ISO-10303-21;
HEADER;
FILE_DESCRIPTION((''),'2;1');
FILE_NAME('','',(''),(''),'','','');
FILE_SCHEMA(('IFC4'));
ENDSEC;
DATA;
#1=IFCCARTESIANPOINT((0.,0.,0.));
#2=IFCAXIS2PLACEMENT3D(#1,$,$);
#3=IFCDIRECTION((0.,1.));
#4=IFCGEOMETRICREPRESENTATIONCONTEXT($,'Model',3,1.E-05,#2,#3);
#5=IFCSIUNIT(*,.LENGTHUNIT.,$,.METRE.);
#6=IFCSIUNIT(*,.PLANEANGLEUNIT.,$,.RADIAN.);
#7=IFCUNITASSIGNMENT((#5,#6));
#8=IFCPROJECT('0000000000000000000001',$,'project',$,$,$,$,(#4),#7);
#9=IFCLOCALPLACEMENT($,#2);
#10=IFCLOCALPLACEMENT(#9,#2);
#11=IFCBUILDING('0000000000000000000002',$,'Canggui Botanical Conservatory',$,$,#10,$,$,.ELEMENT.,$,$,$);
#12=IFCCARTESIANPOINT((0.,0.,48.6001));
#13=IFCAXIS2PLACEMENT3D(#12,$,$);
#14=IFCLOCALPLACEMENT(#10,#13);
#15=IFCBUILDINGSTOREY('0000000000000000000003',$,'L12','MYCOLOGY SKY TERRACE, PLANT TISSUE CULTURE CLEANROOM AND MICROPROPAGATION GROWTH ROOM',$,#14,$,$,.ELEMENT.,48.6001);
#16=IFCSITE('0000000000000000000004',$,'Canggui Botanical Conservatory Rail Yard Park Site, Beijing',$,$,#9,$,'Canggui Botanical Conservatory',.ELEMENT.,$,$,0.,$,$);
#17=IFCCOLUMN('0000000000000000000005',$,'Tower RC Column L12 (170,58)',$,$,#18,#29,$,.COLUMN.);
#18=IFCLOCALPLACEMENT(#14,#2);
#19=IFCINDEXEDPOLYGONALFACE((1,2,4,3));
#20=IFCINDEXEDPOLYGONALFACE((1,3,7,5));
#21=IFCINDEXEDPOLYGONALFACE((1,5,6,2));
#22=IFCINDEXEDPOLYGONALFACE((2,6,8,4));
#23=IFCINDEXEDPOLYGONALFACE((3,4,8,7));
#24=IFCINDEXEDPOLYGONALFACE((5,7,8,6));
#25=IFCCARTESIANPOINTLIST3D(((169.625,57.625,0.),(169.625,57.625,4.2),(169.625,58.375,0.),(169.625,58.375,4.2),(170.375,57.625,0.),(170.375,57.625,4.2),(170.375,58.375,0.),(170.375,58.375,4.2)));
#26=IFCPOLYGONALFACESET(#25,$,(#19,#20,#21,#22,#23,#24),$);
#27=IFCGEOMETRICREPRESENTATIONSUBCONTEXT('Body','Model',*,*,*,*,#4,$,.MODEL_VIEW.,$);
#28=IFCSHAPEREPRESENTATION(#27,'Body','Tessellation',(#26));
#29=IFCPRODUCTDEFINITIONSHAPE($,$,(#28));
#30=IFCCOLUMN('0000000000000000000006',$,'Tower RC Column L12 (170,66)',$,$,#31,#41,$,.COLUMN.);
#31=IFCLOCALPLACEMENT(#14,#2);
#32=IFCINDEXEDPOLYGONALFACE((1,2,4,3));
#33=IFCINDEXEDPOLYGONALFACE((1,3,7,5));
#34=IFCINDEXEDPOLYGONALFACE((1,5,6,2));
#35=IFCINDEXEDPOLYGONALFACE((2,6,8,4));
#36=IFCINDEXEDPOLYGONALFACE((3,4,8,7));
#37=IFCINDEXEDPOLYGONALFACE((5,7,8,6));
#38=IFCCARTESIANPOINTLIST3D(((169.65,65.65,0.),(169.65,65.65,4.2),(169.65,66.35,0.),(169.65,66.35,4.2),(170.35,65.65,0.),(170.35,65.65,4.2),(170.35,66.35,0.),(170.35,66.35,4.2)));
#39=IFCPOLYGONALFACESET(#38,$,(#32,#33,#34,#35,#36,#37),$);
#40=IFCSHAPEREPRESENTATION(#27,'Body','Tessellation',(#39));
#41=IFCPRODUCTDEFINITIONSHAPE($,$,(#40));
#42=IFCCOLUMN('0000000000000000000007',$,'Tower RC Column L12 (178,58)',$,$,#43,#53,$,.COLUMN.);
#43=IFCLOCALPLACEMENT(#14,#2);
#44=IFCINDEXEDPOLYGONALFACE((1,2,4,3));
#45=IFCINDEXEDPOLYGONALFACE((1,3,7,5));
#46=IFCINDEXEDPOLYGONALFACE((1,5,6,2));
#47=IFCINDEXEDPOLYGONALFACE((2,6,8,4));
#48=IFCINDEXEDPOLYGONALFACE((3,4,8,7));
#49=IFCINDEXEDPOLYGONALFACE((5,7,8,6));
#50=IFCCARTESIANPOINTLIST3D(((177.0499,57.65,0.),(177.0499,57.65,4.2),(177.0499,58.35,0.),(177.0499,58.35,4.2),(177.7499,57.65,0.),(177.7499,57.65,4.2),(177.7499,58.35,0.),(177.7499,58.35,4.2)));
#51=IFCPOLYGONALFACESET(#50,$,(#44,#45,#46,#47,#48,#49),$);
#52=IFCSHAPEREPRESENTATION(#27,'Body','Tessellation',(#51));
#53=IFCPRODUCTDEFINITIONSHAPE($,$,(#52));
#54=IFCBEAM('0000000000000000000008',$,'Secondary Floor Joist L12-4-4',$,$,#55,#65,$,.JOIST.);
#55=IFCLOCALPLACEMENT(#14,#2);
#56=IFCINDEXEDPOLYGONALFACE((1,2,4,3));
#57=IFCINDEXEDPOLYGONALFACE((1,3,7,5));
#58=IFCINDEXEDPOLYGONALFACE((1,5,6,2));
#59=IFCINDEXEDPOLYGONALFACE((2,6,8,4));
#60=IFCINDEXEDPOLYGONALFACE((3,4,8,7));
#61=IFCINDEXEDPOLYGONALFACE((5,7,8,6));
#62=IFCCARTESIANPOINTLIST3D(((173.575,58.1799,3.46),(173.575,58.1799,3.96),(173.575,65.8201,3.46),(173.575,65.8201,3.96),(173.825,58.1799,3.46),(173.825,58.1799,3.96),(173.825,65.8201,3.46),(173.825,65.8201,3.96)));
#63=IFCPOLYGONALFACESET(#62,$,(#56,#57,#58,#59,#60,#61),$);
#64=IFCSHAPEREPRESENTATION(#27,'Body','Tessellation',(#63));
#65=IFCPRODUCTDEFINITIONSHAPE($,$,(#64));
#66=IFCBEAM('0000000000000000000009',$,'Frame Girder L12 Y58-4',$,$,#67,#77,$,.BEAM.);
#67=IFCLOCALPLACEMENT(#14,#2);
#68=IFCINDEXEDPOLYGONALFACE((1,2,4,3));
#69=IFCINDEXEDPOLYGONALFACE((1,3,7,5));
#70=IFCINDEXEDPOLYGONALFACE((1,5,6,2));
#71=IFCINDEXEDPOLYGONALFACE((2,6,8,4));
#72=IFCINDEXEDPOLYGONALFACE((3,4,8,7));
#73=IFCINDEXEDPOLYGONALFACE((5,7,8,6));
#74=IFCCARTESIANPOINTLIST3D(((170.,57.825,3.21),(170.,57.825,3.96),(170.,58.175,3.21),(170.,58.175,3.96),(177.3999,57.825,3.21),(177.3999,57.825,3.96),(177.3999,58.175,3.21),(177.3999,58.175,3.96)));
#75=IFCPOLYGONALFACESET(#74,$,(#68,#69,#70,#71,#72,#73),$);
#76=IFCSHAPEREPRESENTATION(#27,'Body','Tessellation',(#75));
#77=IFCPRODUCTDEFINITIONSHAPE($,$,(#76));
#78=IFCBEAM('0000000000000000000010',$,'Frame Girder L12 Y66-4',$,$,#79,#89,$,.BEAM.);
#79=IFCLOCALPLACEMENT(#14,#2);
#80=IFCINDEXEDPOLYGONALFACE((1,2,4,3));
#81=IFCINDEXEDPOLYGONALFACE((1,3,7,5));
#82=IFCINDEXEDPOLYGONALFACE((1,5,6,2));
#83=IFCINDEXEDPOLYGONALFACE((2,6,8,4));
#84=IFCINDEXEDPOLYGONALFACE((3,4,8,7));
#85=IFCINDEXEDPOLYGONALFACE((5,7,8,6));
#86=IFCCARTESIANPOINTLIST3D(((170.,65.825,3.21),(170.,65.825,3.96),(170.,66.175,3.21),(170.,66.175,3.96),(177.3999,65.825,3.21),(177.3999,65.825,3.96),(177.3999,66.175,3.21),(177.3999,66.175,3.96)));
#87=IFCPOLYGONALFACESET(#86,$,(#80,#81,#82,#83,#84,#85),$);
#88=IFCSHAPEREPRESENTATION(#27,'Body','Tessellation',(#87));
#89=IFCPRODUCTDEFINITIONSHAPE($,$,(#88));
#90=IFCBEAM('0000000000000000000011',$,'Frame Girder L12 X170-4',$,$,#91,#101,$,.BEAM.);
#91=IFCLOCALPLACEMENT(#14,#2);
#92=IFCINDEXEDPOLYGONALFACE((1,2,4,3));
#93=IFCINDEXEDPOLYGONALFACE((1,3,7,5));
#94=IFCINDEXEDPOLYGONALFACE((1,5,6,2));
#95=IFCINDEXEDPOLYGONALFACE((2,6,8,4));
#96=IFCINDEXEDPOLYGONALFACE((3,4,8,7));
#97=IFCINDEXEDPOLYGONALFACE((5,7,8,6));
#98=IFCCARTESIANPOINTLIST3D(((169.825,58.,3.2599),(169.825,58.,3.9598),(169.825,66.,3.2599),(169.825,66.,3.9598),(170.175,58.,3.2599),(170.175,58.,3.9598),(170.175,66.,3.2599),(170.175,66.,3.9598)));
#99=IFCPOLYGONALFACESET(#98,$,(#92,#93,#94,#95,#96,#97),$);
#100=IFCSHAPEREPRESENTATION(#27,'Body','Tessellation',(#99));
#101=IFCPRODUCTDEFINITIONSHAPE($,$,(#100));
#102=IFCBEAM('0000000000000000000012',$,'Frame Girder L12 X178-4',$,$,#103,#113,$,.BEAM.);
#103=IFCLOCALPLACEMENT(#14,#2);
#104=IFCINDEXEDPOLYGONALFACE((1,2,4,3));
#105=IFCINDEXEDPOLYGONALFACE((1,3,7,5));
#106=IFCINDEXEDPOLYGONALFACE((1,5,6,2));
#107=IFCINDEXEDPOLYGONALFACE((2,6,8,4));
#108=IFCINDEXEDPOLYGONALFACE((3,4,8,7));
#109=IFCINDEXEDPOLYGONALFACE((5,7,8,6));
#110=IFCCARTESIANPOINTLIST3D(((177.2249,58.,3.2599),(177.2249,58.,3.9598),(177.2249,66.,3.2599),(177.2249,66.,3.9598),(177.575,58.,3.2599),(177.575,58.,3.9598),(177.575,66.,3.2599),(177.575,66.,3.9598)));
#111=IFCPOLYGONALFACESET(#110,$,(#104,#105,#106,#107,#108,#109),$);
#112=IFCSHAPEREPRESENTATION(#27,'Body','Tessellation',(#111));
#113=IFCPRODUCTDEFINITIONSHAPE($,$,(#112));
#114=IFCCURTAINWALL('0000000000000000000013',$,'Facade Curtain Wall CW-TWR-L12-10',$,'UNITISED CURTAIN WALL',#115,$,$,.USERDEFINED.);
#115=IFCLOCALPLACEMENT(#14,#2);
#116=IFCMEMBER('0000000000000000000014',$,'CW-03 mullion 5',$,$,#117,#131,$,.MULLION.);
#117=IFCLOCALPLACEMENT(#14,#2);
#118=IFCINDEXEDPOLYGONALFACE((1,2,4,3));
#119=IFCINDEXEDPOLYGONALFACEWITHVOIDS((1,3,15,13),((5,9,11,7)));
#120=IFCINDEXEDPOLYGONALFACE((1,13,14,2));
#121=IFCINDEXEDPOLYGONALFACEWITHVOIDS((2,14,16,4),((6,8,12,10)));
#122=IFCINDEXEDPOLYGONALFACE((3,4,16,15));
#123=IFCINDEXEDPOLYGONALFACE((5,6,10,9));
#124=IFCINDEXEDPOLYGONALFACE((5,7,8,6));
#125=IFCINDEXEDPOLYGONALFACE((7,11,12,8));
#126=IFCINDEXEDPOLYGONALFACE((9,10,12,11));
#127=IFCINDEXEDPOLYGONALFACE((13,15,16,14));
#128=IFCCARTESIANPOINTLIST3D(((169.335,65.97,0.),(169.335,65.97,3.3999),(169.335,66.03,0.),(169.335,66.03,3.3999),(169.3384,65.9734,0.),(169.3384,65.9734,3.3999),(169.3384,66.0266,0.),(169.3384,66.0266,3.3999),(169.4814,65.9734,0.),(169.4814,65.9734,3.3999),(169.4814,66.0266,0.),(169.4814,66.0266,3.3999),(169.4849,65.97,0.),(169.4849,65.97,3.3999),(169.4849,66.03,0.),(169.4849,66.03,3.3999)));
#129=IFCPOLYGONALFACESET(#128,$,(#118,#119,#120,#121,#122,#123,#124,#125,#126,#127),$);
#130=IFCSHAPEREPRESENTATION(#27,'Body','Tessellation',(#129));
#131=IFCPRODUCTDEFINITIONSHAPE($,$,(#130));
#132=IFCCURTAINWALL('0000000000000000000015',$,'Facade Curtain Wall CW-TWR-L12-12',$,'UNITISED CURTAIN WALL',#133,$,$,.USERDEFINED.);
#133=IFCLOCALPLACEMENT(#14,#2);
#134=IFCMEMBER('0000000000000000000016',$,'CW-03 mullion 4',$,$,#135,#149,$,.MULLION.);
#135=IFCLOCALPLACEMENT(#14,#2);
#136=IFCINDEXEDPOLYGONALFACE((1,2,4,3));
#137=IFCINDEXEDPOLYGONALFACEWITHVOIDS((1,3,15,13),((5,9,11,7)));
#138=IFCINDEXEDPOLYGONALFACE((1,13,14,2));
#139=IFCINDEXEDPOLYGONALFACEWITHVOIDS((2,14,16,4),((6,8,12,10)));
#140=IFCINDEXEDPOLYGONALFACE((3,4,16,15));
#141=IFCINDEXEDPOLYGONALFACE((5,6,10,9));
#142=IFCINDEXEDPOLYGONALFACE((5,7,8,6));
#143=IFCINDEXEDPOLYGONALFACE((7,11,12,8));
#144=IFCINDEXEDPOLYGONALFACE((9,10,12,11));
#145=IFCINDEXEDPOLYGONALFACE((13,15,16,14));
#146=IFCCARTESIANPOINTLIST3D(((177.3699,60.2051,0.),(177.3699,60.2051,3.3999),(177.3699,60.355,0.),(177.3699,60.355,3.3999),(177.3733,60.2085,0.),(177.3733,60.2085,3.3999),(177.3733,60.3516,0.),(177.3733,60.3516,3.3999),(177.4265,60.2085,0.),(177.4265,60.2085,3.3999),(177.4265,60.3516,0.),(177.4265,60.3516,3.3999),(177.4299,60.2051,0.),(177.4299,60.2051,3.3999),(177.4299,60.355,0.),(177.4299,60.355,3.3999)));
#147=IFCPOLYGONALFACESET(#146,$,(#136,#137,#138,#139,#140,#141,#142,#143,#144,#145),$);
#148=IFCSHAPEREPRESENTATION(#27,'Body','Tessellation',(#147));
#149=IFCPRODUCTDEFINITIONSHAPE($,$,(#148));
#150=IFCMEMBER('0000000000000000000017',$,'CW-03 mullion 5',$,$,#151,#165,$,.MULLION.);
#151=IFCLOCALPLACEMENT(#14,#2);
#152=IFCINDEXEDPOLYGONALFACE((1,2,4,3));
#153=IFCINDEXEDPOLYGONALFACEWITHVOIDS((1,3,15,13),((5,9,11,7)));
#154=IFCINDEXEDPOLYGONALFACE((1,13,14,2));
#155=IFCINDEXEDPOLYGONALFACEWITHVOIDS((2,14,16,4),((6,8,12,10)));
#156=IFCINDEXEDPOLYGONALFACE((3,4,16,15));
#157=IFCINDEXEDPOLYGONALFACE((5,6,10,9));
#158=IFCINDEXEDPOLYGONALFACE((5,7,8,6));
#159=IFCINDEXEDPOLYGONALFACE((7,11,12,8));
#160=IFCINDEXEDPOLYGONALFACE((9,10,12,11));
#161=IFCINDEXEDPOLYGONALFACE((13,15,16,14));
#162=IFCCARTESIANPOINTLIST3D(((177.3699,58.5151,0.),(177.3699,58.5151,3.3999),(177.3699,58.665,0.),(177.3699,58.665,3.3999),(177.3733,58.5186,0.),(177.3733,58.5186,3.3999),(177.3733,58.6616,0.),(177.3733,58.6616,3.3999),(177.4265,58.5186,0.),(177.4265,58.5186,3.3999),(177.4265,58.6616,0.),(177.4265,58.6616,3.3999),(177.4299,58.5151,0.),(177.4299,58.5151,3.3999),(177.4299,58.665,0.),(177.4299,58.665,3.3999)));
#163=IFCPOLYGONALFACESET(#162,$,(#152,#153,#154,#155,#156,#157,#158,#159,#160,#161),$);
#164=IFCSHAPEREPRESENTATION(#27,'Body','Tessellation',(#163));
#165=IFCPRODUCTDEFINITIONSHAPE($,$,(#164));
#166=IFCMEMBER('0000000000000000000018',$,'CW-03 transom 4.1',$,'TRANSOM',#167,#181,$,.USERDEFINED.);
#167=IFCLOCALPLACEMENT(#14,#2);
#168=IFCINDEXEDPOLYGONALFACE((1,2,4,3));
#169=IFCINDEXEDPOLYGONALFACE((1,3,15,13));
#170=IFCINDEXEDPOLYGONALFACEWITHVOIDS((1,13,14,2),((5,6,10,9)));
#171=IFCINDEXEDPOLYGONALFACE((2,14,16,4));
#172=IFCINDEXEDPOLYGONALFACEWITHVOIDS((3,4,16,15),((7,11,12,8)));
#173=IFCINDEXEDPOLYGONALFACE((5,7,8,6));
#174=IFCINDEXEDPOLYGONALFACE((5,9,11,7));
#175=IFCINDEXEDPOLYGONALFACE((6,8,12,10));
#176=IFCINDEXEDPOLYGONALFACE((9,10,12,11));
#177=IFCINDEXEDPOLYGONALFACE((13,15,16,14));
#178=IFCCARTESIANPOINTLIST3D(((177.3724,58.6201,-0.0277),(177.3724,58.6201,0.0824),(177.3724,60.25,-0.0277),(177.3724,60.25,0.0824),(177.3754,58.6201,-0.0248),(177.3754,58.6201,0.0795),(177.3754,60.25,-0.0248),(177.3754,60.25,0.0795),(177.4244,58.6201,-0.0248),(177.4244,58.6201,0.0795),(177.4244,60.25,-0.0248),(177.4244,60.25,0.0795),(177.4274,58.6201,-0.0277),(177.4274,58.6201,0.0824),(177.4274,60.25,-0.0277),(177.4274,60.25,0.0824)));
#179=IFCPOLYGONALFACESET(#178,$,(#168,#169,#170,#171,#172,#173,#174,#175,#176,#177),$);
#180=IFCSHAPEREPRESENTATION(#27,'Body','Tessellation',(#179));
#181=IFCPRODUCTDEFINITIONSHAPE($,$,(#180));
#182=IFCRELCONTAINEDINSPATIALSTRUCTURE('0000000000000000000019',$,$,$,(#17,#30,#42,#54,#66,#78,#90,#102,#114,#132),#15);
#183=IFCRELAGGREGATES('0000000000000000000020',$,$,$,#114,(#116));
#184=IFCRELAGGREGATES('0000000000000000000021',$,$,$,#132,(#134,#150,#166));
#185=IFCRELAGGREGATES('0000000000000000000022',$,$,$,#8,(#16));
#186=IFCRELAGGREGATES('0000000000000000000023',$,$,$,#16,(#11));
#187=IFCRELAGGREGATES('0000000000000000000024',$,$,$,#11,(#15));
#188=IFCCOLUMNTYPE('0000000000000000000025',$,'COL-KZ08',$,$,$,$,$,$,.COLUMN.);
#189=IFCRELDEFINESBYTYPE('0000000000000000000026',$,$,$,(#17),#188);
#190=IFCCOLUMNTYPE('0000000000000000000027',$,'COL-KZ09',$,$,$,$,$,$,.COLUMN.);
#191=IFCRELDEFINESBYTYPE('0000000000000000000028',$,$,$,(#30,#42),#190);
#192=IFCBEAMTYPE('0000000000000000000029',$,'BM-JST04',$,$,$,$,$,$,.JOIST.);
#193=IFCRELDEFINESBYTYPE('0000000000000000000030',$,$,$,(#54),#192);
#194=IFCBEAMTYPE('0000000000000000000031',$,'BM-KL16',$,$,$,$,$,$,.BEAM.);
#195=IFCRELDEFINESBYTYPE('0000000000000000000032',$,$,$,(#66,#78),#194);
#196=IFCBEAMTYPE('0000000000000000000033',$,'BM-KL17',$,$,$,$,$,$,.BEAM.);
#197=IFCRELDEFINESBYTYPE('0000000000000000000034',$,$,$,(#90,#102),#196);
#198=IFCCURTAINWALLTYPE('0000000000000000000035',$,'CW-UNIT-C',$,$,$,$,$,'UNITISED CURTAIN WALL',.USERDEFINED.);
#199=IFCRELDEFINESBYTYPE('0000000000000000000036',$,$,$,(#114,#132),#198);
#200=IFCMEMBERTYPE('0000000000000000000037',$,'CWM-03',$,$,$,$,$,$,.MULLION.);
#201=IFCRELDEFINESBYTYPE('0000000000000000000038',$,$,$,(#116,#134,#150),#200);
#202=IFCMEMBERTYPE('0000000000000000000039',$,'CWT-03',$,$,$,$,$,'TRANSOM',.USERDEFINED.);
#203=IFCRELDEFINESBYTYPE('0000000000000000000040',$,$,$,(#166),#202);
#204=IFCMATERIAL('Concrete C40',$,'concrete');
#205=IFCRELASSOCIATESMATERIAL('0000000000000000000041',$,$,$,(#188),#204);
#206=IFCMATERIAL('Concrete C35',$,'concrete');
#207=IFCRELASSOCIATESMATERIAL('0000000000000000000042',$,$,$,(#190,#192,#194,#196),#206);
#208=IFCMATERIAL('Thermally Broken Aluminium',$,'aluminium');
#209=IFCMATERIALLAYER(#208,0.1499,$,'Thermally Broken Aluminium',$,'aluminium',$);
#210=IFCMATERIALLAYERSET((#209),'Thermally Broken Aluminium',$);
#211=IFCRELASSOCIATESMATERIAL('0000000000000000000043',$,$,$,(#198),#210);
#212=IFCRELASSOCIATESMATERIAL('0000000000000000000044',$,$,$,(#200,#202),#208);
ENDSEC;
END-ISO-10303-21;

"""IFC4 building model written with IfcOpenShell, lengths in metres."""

from ifc_helpers import new_model, si_unit, direction, frame, origin, origin_2d, place, context, subcontext, project, spatial, rectangle, hollow_rectangle, extrude, material, layer, layer_set, material_profile, profile_set, type_object, element, aggregate, save


model = new_model("IFC4")

# Units and contexts
model_context = context("Model", 3, precision=1e-05, world=origin(), true_north=direction((0.0, 1.0)))
body_context = subcontext(model_context, "Body", "Model", "MODEL_VIEW")
ifc_project = project(units=[si_unit("LENGTHUNIT", "METRE"), si_unit("PLANEANGLEUNIT", "RADIAN")], contexts=[model_context])

# Site, building, storey
site_placement = place(None, origin())
site = spatial("IfcSite", under=ifc_project, at=site_placement, Name="Canggui Botanical Conservatory Rail Yard Park Site, Beijing", LongName="Canggui Botanical Conservatory", CompositionType="ELEMENT", RefElevation=0.0)
building_placement = place(site_placement, origin())
building = spatial("IfcBuilding", under=site, at=building_placement, Name="Canggui Botanical Conservatory", CompositionType="ELEMENT")
storey_placement = place(building_placement, frame((0.0, 0.0, 48.6001)))
storey = spatial("IfcBuildingStorey", under=building, at=storey_placement, Name="L12", Description="MYCOLOGY SKY TERRACE, PLANT TISSUE CULTURE CLEANROOM AND MICROPROPAGATION GROWTH ROOM", CompositionType="ELEMENT", Elevation=48.6001)

# Columns
ifc_material_1 = material(Name="Concrete C40", Category="concrete")
ifc_material_profile_1 = material_profile(ifc_material_1, rectangle(XDim=0.75, YDim=0.75, at=origin_2d()), Name="RC 750x750")
ifc_profile_set_1 = profile_set([ifc_material_profile_1], Name="Concrete C40")
column_type_1 = type_object("IfcColumnType", Name="COL-KZ08", PredefinedType="COLUMN", material=ifc_profile_set_1)
column_placement = place(storey_placement, frame((170.0, 58.0, 0.0), z_axis=(0.0, 0.0, 1.0), x_axis=(1.0, 0.0, 0.0)))
element("IfcColumn", 1, at=column_placement, inside=storey, type_object=column_type_1, Name="Tower RC Column L12 (170,58)", PredefinedType="COLUMN", context=body_context, shape_type="SweptSolid", body=[
    extrude(rectangle(XDim=0.75, YDim=0.75, at=origin_2d()), origin(), (0.0, 0.0, 1.0), 4.2),
])
ifc_material_2 = material(Name="Concrete C35", Category="concrete")
ifc_material_profile_2 = material_profile(ifc_material_2, rectangle(XDim=0.7, YDim=0.7, at=origin_2d()), Name="RC 700x700")
ifc_profile_set_2 = profile_set([ifc_material_profile_2], Name="Concrete C35")
column_type_2 = type_object("IfcColumnType", Name="COL-KZ09", PredefinedType="COLUMN", material=ifc_profile_set_2)
for number, where, z_axis, x_axis, name in (
    (2, (170.0, 66.0, 0.0), (0.0, 0.0, 1.0), (1.0, 0.0, 0.0), "Tower RC Column L12 (170,66)"),
    (3, (177.3999, 58.0, 0.0), (0.0, 0.0, 1.0), (1.0, 0.0, 0.0), "Tower RC Column L12 (178,58)"),
):
    element("IfcColumn", number, at=place(storey_placement, frame(where, z_axis=z_axis, x_axis=x_axis)), inside=storey, type_object=column_type_2, Name=name, PredefinedType="COLUMN", context=body_context, shape_type="SweptSolid", body=[
        extrude(rectangle(XDim=0.7, YDim=0.7, at=origin_2d()), origin(), (0.0, 0.0, 1.0), 4.2),
    ])

# Beams
ifc_material_profile_3 = material_profile(ifc_material_2, rectangle(XDim=0.25, YDim=0.5, at=origin_2d()), Name="RB 250x500")
ifc_profile_set_3 = profile_set([ifc_material_profile_3], Name="Concrete C35")
beam_type_1 = type_object("IfcBeamType", Name="BM-JST04", PredefinedType="JOIST", material=ifc_profile_set_3)
beam_placement = place(storey_placement, frame((173.7, 58.1799, 3.71), z_axis=(0.0, 1.0, 0.0), x_axis=(-1.0, 0.0, 0.0)))
element("IfcBeam", 4, at=beam_placement, inside=storey, type_object=beam_type_1, Name="Secondary Floor Joist L12-4-4", PredefinedType="JOIST", context=body_context, shape_type="SweptSolid", body=[
    extrude(rectangle(XDim=0.25, YDim=0.5, at=origin_2d()), origin(), (0.0, 0.0, 1.0), 7.6401),
])
ifc_material_profile_4 = material_profile(ifc_material_2, rectangle(XDim=0.3501, YDim=0.75, at=origin_2d()), Name="RB 350x750")
ifc_profile_set_4 = profile_set([ifc_material_profile_4], Name="Concrete C35")
beam_type_2 = type_object("IfcBeamType", Name="BM-KL16", PredefinedType="BEAM", material=ifc_profile_set_4)
for number, where, z_axis, x_axis, name in (
    (5, (170.0, 58.0, 3.585), (1.0, 0.0, 0.0), (0.0, 1.0, 0.0), "Frame Girder L12 Y58-4"),
    (6, (170.0, 66.0, 3.585), (1.0, 0.0, 0.0), (0.0, 1.0, 0.0), "Frame Girder L12 Y66-4"),
):
    element("IfcBeam", number, at=place(storey_placement, frame(where, z_axis=z_axis, x_axis=x_axis)), inside=storey, type_object=beam_type_2, Name=name, PredefinedType="BEAM", context=body_context, shape_type="SweptSolid", body=[
        extrude(rectangle(XDim=0.3501, YDim=0.75, at=origin_2d()), origin(), (0.0, 0.0, 1.0), 7.3999),
    ])
ifc_material_profile_5 = material_profile(ifc_material_2, rectangle(XDim=0.3501, YDim=0.7, at=origin_2d()), Name="RB 350x700")
ifc_profile_set_5 = profile_set([ifc_material_profile_5], Name="Concrete C35")
beam_type_3 = type_object("IfcBeamType", Name="BM-KL17", PredefinedType="BEAM", material=ifc_profile_set_5)
for number, where, z_axis, x_axis, name in (
    (7, (170.0, 58.0, 3.6099), (0.0, 1.0, 0.0), (-1.0, 0.0, 0.0), "Frame Girder L12 X170-4"),
    (8, (177.3999, 58.0, 3.6099), (0.0, 1.0, 0.0), (-1.0, 0.0, 0.0), "Frame Girder L12 X178-4"),
):
    element("IfcBeam", number, at=place(storey_placement, frame(where, z_axis=z_axis, x_axis=x_axis)), inside=storey, type_object=beam_type_3, Name=name, PredefinedType="BEAM", context=body_context, shape_type="SweptSolid", body=[
        extrude(rectangle(XDim=0.3501, YDim=0.7, at=origin_2d()), origin(), (0.0, 0.0, 1.0), 8.0),
    ])

# Curtain wall, member
ifc_material_3 = material(Name="Thermally Broken Aluminium", Category="aluminium")
ifc_layer_1 = layer(ifc_material_3, 0.1499, Name="Thermally Broken Aluminium", Category="aluminium")
ifc_layer_set_1 = layer_set([ifc_layer_1], Name="Thermally Broken Aluminium")
curtain_wall_type = type_object("IfcCurtainWallType", Name="CW-UNIT-C", ElementType="UNITISED CURTAIN WALL", PredefinedType="USERDEFINED", material=ifc_layer_set_1)
curtain_wall_1_placement = place(storey_placement, origin())
curtain_wall_1 = element("IfcCurtainWall", 9, at=curtain_wall_1_placement, inside=storey, type_object=curtain_wall_type, Name="Facade Curtain Wall CW-TWR-L12-10", ObjectType="UNITISED CURTAIN WALL", PredefinedType="USERDEFINED")
ifc_material_profile_6 = material_profile(ifc_material_3, hollow_rectangle(XDim=0.0601, YDim=0.1499, WallThickness=0.0034, at=origin_2d()), Name="CWM 60x150x3.5")
ifc_profile_set_6 = profile_set([ifc_material_profile_6], Name="Thermally Broken Aluminium")
member_type_1 = type_object("IfcMemberType", Name="CWM-03", PredefinedType="MULLION", material=ifc_profile_set_6)
member_1_placement = place(storey_placement, frame((169.4099, 66.0, 0.0), z_axis=(0.0, 0.0, 1.0), x_axis=(0.0, 1.0, 0.0)))
member_1 = element("IfcMember", 10, at=member_1_placement, type_object=member_type_1, Name="CW-03 mullion 5", PredefinedType="MULLION", context=body_context, shape_type="SweptSolid", body=[
    extrude(hollow_rectangle(XDim=0.0601, YDim=0.1499, WallThickness=0.0034, at=origin_2d()), origin(), (0.0, 0.0, 1.0), 3.3999),
])

# Curtain wall, members
curtain_wall_2_placement = place(storey_placement, origin())
curtain_wall_2 = element("IfcCurtainWall", 11, at=curtain_wall_2_placement, inside=storey, type_object=curtain_wall_type, Name="Facade Curtain Wall CW-TWR-L12-12", ObjectType="UNITISED CURTAIN WALL", PredefinedType="USERDEFINED")
member_2_placement = place(storey_placement, frame((177.3999, 60.28, 0.0), z_axis=(0.0, 0.0, 1.0), x_axis=(1.0, 0.0, 0.0)))
member_2 = element("IfcMember", 12, at=member_2_placement, type_object=member_type_1, Name="CW-03 mullion 4", PredefinedType="MULLION", context=body_context, shape_type="SweptSolid", body=[
    extrude(hollow_rectangle(XDim=0.0601, YDim=0.1499, WallThickness=0.0034, at=origin_2d()), origin(), (0.0, 0.0, 1.0), 3.3999),
])
member_3_placement = place(storey_placement, frame((177.3999, 58.5901, 0.0), z_axis=(0.0, 0.0, 1.0), x_axis=(1.0, 0.0, 0.0)))
member_3 = element("IfcMember", 13, at=member_3_placement, type_object=member_type_1, Name="CW-03 mullion 5", PredefinedType="MULLION", context=body_context, shape_type="SweptSolid", body=[
    extrude(hollow_rectangle(XDim=0.0601, YDim=0.1499, WallThickness=0.0034, at=origin_2d()), origin(), (0.0, 0.0, 1.0), 3.3999),
])
ifc_material_profile_7 = material_profile(ifc_material_3, hollow_rectangle(XDim=0.0549, YDim=0.1101, WallThickness=0.0029, at=origin_2d()), Name="CWT 55x110x3")
ifc_profile_set_7 = profile_set([ifc_material_profile_7], Name="Thermally Broken Aluminium")
member_type_2 = type_object("IfcMemberType", Name="CWT-03", ElementType="TRANSOM", PredefinedType="USERDEFINED", material=ifc_profile_set_7)
member_4_placement = place(storey_placement, frame((177.3999, 60.25, 0.0273), z_axis=(0.0, -1.0, 0.0), x_axis=(1.0, 0.0, 0.0)))
member_4 = element("IfcMember", 14, at=member_4_placement, type_object=member_type_2, Name="CW-03 transom 4.1", ObjectType="TRANSOM", PredefinedType="USERDEFINED", context=body_context, shape_type="SweptSolid", body=[
    extrude(hollow_rectangle(XDim=0.0549, YDim=0.1101, WallThickness=0.0029, at=origin_2d()), origin(), (0.0, 0.0, 1.0), 1.6299),
])

aggregate(curtain_wall_1, [member_1])
aggregate(curtain_wall_2, [member_2, member_3, member_4])

save(model, "model.ifc")
